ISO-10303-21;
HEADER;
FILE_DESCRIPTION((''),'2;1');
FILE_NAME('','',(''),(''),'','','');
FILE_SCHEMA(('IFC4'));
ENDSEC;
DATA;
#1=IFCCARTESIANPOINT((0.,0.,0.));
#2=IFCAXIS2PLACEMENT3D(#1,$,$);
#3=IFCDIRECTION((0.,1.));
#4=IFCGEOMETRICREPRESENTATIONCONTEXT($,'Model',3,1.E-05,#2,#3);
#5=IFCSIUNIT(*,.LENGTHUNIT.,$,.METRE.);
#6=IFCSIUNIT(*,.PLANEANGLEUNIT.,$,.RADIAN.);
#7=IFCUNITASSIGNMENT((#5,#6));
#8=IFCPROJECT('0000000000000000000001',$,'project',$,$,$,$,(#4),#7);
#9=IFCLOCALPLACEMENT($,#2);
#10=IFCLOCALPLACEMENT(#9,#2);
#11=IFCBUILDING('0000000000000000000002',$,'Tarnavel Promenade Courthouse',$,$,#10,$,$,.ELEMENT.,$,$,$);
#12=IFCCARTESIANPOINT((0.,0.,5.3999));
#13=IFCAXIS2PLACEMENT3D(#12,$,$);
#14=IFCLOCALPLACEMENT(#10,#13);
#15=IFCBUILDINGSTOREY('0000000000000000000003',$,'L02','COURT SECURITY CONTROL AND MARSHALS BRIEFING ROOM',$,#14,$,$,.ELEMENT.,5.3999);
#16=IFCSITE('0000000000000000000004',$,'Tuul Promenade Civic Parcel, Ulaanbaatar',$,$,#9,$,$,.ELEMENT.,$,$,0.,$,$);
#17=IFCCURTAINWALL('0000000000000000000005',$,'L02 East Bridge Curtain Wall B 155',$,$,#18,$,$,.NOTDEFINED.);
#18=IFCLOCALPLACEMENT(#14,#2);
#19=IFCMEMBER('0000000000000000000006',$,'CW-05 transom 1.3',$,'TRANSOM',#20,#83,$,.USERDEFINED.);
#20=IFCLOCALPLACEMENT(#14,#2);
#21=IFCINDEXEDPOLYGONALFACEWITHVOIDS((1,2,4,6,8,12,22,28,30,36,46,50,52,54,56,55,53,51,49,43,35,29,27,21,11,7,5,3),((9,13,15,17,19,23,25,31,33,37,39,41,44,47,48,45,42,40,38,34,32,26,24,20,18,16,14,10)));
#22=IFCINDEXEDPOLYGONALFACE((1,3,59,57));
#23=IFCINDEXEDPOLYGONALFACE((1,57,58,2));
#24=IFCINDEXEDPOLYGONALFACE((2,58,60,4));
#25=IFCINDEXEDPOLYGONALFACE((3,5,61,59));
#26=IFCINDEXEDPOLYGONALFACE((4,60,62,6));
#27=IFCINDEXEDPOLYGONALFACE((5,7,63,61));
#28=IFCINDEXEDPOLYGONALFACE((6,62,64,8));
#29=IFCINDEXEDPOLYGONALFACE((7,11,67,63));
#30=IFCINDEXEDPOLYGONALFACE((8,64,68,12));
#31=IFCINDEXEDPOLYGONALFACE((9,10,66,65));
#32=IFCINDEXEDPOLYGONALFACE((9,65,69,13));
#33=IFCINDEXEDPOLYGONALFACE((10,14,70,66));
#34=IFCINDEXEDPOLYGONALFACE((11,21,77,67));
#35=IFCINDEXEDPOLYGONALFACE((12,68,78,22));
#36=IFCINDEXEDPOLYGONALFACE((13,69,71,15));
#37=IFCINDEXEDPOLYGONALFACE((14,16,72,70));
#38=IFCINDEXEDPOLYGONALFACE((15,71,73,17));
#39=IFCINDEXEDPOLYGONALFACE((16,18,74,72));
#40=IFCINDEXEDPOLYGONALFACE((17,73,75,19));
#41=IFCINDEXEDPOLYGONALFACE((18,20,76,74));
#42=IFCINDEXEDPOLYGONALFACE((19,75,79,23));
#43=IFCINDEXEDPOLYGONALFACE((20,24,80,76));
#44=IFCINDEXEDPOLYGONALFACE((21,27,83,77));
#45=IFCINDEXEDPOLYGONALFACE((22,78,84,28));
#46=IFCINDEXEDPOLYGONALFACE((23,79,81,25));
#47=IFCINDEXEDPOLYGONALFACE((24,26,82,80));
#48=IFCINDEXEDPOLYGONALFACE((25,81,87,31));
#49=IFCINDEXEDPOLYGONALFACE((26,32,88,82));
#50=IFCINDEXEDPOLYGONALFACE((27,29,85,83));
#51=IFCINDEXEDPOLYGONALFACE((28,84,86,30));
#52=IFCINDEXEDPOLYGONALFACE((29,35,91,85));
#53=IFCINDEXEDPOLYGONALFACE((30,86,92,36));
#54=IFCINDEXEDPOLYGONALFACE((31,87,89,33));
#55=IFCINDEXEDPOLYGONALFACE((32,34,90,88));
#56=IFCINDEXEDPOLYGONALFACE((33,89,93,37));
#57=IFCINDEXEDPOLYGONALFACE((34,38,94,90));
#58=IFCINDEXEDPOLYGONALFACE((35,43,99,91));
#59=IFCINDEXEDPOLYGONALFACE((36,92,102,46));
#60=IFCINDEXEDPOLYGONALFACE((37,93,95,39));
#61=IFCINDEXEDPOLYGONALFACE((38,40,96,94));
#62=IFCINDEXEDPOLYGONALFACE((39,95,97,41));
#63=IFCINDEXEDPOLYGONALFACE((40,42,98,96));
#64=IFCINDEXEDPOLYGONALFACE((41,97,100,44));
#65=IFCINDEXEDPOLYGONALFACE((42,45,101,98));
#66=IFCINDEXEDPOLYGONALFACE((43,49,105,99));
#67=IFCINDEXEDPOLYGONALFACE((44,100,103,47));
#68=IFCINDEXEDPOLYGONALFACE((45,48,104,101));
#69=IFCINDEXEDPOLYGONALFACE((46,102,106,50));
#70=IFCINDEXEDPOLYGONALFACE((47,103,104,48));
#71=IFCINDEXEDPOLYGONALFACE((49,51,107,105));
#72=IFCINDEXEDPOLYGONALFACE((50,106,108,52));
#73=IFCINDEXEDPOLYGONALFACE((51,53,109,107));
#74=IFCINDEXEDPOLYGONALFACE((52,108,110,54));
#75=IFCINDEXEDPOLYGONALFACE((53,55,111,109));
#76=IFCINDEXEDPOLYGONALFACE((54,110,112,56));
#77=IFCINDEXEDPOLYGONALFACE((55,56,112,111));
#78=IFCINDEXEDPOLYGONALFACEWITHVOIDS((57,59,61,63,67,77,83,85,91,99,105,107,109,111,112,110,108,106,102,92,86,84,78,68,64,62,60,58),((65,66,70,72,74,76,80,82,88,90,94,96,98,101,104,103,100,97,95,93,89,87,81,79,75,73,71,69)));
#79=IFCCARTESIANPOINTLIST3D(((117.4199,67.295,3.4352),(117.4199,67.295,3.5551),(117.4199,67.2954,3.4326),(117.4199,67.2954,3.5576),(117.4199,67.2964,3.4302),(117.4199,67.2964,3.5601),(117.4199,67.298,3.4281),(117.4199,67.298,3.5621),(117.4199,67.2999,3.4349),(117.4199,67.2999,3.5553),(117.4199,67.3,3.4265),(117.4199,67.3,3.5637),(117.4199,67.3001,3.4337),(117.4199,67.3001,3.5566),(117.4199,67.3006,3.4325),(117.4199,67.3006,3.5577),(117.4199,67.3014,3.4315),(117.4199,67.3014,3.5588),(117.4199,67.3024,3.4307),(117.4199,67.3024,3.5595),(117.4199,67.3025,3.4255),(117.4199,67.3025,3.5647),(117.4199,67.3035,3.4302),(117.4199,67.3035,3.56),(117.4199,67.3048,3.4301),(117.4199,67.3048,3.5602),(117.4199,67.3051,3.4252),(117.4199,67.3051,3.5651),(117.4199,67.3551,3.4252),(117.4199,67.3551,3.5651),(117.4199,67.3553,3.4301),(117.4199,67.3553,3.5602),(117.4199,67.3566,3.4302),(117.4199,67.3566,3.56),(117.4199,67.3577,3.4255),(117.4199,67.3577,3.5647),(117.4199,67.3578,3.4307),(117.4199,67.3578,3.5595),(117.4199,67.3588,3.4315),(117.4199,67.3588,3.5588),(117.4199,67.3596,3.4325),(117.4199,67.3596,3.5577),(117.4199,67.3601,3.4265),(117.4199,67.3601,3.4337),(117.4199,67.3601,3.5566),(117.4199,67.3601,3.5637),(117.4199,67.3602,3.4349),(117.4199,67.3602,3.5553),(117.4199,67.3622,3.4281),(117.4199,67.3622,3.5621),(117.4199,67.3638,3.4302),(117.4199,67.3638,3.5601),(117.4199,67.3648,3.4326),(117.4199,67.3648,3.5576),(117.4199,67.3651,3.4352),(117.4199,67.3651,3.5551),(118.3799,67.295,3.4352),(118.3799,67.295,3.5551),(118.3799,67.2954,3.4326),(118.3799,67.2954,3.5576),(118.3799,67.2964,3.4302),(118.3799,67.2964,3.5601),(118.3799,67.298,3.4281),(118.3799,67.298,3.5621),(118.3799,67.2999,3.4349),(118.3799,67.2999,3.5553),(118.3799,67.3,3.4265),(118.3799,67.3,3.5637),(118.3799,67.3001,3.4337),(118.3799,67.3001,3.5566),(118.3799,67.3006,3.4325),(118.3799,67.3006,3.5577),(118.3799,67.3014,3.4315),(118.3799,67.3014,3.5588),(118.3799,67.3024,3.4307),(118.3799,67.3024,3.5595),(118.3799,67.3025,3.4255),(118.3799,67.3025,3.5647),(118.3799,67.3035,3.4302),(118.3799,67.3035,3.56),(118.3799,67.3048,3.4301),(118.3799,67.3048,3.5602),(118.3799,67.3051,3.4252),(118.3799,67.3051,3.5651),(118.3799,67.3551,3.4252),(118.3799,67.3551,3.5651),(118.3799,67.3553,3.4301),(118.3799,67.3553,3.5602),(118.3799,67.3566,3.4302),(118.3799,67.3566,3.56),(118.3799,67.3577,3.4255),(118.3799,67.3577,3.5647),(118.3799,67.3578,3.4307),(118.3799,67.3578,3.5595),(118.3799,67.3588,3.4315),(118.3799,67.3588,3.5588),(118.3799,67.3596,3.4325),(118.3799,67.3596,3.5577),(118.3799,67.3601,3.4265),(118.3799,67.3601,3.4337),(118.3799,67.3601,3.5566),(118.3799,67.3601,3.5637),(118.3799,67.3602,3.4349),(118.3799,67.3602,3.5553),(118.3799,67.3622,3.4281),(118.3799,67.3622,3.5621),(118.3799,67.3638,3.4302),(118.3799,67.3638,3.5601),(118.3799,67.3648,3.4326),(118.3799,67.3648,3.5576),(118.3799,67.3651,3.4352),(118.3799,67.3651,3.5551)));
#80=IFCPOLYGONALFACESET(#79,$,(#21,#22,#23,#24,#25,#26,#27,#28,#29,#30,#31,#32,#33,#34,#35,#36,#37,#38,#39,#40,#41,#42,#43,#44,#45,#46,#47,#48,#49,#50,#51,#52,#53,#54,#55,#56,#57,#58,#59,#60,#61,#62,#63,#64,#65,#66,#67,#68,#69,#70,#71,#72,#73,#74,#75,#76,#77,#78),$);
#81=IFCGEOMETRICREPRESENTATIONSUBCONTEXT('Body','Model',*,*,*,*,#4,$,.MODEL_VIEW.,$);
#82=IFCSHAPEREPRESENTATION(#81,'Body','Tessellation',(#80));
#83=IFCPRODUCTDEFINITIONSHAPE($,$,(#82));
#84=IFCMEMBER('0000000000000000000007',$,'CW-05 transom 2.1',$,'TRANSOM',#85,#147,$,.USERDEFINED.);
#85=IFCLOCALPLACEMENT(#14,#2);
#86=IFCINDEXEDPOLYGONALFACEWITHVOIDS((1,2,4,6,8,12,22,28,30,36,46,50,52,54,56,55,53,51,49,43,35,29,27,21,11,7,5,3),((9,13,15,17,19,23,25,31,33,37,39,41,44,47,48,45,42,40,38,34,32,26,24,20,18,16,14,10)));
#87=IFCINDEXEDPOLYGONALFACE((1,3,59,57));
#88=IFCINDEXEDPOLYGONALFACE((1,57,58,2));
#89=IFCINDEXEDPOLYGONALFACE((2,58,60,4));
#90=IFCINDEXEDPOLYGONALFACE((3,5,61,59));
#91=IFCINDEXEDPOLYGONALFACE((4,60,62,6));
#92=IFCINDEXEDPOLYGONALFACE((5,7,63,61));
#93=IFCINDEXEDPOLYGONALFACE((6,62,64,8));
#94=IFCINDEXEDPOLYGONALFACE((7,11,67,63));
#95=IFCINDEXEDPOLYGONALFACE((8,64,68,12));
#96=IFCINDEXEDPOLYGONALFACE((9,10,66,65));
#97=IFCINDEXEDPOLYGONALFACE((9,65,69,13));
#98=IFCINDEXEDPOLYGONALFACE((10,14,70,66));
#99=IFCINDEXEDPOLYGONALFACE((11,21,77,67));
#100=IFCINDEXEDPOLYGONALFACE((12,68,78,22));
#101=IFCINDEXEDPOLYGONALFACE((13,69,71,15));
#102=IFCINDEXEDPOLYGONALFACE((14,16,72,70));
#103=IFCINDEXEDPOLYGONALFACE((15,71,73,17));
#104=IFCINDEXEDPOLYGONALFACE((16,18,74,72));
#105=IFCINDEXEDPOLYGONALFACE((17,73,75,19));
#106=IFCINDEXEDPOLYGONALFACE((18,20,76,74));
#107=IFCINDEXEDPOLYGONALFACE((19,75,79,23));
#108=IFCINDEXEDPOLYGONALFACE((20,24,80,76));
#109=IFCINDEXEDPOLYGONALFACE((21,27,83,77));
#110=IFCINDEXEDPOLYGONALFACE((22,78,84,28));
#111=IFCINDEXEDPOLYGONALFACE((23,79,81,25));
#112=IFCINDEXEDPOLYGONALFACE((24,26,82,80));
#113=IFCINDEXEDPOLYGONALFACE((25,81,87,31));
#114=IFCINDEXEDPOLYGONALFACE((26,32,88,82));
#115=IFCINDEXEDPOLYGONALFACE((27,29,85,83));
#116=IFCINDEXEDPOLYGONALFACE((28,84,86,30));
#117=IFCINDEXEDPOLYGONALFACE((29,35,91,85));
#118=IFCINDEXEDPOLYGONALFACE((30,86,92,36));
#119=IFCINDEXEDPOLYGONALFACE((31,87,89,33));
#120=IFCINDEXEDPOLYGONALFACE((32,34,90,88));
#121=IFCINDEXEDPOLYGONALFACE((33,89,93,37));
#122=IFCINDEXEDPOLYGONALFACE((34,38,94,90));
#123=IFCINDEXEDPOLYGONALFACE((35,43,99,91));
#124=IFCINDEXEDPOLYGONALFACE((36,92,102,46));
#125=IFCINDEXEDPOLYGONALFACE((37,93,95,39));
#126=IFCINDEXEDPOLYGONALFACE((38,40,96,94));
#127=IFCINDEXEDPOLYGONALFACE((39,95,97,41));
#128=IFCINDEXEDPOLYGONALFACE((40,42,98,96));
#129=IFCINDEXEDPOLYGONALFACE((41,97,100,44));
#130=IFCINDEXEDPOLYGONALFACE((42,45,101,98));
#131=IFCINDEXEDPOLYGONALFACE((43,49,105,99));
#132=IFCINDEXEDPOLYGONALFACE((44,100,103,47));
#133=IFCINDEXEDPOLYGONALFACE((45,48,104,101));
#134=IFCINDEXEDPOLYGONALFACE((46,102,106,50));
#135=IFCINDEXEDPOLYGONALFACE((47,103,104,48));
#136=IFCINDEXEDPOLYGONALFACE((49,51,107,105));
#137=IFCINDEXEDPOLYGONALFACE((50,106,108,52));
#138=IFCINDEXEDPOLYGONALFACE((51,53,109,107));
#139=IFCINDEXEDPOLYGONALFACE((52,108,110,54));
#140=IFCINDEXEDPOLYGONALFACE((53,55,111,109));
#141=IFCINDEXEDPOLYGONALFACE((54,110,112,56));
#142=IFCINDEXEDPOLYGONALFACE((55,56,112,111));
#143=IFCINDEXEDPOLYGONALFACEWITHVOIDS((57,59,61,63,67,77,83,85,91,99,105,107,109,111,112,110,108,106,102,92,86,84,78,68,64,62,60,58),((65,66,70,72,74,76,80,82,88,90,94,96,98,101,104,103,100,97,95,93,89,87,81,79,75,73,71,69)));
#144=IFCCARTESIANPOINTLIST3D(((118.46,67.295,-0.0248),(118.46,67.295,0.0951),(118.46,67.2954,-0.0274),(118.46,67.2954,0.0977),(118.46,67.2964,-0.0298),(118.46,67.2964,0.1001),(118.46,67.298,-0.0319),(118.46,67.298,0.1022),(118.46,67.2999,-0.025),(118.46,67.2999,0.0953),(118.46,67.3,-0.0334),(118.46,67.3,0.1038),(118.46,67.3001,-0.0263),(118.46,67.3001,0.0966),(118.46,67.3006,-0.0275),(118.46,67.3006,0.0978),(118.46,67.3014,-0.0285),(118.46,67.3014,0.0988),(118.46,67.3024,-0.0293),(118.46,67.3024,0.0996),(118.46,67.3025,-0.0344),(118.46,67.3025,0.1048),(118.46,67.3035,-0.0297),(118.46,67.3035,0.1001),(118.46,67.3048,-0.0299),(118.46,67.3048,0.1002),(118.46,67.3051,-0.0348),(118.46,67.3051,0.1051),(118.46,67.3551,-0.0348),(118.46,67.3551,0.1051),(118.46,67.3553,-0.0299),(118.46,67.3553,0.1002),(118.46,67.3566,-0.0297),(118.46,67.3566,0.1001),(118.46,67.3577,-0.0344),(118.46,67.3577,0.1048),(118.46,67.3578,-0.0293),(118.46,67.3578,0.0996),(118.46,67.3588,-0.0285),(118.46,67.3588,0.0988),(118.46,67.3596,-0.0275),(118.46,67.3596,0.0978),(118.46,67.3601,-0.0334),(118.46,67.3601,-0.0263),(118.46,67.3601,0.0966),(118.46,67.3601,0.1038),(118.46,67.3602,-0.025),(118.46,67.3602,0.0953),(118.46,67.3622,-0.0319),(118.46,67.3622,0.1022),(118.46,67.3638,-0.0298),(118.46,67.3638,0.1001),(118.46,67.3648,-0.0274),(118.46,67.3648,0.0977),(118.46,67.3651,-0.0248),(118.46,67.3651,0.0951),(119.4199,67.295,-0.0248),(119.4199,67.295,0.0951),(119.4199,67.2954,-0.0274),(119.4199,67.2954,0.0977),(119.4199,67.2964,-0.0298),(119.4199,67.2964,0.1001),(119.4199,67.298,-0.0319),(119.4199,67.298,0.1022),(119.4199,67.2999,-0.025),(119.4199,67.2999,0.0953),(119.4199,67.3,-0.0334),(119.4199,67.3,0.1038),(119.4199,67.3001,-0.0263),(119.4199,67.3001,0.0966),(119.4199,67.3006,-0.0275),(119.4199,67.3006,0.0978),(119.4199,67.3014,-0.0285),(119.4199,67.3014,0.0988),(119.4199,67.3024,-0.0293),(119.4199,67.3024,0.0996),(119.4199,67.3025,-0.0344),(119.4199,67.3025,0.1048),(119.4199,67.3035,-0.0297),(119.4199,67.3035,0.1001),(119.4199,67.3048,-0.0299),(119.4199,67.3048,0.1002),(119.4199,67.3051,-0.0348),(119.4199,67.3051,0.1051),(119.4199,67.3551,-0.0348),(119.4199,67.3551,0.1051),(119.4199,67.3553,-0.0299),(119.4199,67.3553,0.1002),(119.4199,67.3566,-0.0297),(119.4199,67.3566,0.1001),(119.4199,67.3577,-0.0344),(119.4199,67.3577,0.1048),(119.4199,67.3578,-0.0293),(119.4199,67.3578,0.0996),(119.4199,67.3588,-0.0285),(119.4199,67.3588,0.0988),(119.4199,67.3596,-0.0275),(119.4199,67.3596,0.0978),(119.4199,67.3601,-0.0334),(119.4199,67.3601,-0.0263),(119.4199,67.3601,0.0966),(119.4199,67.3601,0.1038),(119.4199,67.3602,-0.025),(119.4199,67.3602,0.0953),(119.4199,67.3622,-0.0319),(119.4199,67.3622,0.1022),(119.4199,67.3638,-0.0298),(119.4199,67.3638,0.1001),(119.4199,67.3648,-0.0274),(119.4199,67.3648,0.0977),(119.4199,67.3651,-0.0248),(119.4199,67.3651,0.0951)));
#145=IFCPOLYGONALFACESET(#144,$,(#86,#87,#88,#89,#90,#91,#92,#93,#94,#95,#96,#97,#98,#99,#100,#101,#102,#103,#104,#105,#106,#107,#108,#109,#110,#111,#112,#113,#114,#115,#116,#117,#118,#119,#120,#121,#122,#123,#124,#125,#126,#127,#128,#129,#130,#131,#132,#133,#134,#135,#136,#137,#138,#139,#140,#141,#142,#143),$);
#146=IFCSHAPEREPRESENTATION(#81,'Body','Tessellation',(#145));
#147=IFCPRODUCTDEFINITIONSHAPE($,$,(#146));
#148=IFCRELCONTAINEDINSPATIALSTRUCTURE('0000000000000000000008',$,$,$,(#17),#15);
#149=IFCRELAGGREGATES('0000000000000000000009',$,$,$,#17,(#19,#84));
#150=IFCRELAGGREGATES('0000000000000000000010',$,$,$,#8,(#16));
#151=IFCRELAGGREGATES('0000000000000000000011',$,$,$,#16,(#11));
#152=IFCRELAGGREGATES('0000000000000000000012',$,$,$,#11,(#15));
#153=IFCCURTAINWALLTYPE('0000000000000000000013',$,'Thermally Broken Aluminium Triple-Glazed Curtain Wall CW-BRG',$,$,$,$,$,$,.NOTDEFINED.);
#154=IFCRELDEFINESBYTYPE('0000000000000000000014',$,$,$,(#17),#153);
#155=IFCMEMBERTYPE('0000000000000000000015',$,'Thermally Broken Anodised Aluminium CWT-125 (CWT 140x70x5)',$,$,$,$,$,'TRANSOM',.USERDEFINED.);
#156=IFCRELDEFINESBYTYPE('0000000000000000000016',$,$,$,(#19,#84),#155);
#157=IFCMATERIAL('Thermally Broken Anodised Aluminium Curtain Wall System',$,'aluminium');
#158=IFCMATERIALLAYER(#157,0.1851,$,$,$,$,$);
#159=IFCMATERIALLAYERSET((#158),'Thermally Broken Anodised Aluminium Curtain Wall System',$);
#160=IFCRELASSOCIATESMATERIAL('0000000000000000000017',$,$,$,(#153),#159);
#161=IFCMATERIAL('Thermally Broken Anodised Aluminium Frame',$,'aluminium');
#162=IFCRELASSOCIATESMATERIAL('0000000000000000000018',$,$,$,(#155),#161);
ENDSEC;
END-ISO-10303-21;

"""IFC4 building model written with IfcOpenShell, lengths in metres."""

from ifc_helpers import new_model, si_unit, direction, frame, origin, origin_2d, place, context, subcontext, project, spatial, hollow_rectangle, extrude, material, layer, layer_set, material_profile, profile_set, type_object, element, aggregate, save


model = new_model("IFC4")

# Units and contexts
model_context = context("Model", 3, precision=1e-05, world=origin(), true_north=direction((0.0, 1.0)))
body_context = subcontext(model_context, "Body", "Model", "MODEL_VIEW")
ifc_project = project(units=[si_unit("LENGTHUNIT", "METRE"), si_unit("PLANEANGLEUNIT", "RADIAN")], contexts=[model_context])

# Site, building, storey
site_placement = place(None, origin())
site = spatial("IfcSite", under=ifc_project, at=site_placement, Name="Tuul Promenade Civic Parcel, Ulaanbaatar", CompositionType="ELEMENT", RefElevation=0.0)
building_placement = place(site_placement, origin())
building = spatial("IfcBuilding", under=site, at=building_placement, Name="Tarnavel Promenade Courthouse", CompositionType="ELEMENT")
storey_placement = place(building_placement, frame((0.0, 0.0, 5.3999)))
storey = spatial("IfcBuildingStorey", under=building, at=storey_placement, Name="L02", Description="COURT SECURITY CONTROL AND MARSHALS BRIEFING ROOM", CompositionType="ELEMENT", Elevation=5.3999)

# Curtain wall
ifc_material_1 = material(Name="Thermally Broken Anodised Aluminium Curtain Wall System", Category="aluminium")
ifc_layer_1 = layer(ifc_material_1, 0.1851)
ifc_layer_set_1 = layer_set([ifc_layer_1], Name="Thermally Broken Anodised Aluminium Curtain Wall System")
curtain_wall_type = type_object("IfcCurtainWallType", Name="Thermally Broken Aluminium Triple-Glazed Curtain Wall CW-BRG", PredefinedType="NOTDEFINED", material=ifc_layer_set_1)
ifc_material_2 = material(Name="Thermally Broken Anodised Aluminium Frame", Category="aluminium")
curtain_wall_1_placement = place(storey_placement, origin())
curtain_wall_1 = element("IfcCurtainWall", 1, at=curtain_wall_1_placement, inside=storey, type_object=curtain_wall_type, Name="L02 East Bridge Curtain Wall B 155", PredefinedType="NOTDEFINED")

# Members
ifc_material_profile_1 = material_profile(ifc_material_2, hollow_rectangle(XDim=0.0701, YDim=0.1399, WallThickness=0.0049, InnerFilletRadius=0.0049, OuterFilletRadius=0.01, at=origin_2d()), Name="CWT 140x70x5")
ifc_profile_set_1 = profile_set([ifc_material_profile_1], Name="Thermally Broken Anodised Aluminium Frame")
member_type_1 = type_object("IfcMemberType", Name="Thermally Broken Anodised Aluminium CWT-125 (CWT 140x70x5)", ElementType="TRANSOM", PredefinedType="USERDEFINED", material=ifc_profile_set_1)
member_1_placement = place(storey_placement, frame((117.4199, 67.3301, 3.4951), z_axis=(1.0, 0.0, 0.0), x_axis=(0.0, 1.0, 0.0)))
member_1 = element("IfcMember", 2, at=member_1_placement, type_object=member_type_1, Name="CW-05 transom 1.3", ObjectType="TRANSOM", PredefinedType="USERDEFINED", context=body_context, shape_type="SweptSolid", body=[
    extrude(hollow_rectangle(XDim=0.0701, YDim=0.1399, WallThickness=0.0049, InnerFilletRadius=0.0049, OuterFilletRadius=0.01, at=origin_2d()), origin(), (0.0, 0.0, 1.0), 0.96),
])
member_2_placement = place(storey_placement, frame((118.46, 67.3301, 0.0352), z_axis=(1.0, 0.0, 0.0), x_axis=(0.0, 1.0, 0.0)))
member_2 = element("IfcMember", 3, at=member_2_placement, type_object=member_type_1, Name="CW-05 transom 2.1", ObjectType="TRANSOM", PredefinedType="USERDEFINED", context=body_context, shape_type="SweptSolid", body=[
    extrude(hollow_rectangle(XDim=0.0701, YDim=0.1399, WallThickness=0.0049, InnerFilletRadius=0.0049, OuterFilletRadius=0.01, at=origin_2d()), origin(), (0.0, 0.0, 1.0), 0.96),
])

aggregate(curtain_wall_1, [member_1, member_2])

save(model, "model.ifc")
